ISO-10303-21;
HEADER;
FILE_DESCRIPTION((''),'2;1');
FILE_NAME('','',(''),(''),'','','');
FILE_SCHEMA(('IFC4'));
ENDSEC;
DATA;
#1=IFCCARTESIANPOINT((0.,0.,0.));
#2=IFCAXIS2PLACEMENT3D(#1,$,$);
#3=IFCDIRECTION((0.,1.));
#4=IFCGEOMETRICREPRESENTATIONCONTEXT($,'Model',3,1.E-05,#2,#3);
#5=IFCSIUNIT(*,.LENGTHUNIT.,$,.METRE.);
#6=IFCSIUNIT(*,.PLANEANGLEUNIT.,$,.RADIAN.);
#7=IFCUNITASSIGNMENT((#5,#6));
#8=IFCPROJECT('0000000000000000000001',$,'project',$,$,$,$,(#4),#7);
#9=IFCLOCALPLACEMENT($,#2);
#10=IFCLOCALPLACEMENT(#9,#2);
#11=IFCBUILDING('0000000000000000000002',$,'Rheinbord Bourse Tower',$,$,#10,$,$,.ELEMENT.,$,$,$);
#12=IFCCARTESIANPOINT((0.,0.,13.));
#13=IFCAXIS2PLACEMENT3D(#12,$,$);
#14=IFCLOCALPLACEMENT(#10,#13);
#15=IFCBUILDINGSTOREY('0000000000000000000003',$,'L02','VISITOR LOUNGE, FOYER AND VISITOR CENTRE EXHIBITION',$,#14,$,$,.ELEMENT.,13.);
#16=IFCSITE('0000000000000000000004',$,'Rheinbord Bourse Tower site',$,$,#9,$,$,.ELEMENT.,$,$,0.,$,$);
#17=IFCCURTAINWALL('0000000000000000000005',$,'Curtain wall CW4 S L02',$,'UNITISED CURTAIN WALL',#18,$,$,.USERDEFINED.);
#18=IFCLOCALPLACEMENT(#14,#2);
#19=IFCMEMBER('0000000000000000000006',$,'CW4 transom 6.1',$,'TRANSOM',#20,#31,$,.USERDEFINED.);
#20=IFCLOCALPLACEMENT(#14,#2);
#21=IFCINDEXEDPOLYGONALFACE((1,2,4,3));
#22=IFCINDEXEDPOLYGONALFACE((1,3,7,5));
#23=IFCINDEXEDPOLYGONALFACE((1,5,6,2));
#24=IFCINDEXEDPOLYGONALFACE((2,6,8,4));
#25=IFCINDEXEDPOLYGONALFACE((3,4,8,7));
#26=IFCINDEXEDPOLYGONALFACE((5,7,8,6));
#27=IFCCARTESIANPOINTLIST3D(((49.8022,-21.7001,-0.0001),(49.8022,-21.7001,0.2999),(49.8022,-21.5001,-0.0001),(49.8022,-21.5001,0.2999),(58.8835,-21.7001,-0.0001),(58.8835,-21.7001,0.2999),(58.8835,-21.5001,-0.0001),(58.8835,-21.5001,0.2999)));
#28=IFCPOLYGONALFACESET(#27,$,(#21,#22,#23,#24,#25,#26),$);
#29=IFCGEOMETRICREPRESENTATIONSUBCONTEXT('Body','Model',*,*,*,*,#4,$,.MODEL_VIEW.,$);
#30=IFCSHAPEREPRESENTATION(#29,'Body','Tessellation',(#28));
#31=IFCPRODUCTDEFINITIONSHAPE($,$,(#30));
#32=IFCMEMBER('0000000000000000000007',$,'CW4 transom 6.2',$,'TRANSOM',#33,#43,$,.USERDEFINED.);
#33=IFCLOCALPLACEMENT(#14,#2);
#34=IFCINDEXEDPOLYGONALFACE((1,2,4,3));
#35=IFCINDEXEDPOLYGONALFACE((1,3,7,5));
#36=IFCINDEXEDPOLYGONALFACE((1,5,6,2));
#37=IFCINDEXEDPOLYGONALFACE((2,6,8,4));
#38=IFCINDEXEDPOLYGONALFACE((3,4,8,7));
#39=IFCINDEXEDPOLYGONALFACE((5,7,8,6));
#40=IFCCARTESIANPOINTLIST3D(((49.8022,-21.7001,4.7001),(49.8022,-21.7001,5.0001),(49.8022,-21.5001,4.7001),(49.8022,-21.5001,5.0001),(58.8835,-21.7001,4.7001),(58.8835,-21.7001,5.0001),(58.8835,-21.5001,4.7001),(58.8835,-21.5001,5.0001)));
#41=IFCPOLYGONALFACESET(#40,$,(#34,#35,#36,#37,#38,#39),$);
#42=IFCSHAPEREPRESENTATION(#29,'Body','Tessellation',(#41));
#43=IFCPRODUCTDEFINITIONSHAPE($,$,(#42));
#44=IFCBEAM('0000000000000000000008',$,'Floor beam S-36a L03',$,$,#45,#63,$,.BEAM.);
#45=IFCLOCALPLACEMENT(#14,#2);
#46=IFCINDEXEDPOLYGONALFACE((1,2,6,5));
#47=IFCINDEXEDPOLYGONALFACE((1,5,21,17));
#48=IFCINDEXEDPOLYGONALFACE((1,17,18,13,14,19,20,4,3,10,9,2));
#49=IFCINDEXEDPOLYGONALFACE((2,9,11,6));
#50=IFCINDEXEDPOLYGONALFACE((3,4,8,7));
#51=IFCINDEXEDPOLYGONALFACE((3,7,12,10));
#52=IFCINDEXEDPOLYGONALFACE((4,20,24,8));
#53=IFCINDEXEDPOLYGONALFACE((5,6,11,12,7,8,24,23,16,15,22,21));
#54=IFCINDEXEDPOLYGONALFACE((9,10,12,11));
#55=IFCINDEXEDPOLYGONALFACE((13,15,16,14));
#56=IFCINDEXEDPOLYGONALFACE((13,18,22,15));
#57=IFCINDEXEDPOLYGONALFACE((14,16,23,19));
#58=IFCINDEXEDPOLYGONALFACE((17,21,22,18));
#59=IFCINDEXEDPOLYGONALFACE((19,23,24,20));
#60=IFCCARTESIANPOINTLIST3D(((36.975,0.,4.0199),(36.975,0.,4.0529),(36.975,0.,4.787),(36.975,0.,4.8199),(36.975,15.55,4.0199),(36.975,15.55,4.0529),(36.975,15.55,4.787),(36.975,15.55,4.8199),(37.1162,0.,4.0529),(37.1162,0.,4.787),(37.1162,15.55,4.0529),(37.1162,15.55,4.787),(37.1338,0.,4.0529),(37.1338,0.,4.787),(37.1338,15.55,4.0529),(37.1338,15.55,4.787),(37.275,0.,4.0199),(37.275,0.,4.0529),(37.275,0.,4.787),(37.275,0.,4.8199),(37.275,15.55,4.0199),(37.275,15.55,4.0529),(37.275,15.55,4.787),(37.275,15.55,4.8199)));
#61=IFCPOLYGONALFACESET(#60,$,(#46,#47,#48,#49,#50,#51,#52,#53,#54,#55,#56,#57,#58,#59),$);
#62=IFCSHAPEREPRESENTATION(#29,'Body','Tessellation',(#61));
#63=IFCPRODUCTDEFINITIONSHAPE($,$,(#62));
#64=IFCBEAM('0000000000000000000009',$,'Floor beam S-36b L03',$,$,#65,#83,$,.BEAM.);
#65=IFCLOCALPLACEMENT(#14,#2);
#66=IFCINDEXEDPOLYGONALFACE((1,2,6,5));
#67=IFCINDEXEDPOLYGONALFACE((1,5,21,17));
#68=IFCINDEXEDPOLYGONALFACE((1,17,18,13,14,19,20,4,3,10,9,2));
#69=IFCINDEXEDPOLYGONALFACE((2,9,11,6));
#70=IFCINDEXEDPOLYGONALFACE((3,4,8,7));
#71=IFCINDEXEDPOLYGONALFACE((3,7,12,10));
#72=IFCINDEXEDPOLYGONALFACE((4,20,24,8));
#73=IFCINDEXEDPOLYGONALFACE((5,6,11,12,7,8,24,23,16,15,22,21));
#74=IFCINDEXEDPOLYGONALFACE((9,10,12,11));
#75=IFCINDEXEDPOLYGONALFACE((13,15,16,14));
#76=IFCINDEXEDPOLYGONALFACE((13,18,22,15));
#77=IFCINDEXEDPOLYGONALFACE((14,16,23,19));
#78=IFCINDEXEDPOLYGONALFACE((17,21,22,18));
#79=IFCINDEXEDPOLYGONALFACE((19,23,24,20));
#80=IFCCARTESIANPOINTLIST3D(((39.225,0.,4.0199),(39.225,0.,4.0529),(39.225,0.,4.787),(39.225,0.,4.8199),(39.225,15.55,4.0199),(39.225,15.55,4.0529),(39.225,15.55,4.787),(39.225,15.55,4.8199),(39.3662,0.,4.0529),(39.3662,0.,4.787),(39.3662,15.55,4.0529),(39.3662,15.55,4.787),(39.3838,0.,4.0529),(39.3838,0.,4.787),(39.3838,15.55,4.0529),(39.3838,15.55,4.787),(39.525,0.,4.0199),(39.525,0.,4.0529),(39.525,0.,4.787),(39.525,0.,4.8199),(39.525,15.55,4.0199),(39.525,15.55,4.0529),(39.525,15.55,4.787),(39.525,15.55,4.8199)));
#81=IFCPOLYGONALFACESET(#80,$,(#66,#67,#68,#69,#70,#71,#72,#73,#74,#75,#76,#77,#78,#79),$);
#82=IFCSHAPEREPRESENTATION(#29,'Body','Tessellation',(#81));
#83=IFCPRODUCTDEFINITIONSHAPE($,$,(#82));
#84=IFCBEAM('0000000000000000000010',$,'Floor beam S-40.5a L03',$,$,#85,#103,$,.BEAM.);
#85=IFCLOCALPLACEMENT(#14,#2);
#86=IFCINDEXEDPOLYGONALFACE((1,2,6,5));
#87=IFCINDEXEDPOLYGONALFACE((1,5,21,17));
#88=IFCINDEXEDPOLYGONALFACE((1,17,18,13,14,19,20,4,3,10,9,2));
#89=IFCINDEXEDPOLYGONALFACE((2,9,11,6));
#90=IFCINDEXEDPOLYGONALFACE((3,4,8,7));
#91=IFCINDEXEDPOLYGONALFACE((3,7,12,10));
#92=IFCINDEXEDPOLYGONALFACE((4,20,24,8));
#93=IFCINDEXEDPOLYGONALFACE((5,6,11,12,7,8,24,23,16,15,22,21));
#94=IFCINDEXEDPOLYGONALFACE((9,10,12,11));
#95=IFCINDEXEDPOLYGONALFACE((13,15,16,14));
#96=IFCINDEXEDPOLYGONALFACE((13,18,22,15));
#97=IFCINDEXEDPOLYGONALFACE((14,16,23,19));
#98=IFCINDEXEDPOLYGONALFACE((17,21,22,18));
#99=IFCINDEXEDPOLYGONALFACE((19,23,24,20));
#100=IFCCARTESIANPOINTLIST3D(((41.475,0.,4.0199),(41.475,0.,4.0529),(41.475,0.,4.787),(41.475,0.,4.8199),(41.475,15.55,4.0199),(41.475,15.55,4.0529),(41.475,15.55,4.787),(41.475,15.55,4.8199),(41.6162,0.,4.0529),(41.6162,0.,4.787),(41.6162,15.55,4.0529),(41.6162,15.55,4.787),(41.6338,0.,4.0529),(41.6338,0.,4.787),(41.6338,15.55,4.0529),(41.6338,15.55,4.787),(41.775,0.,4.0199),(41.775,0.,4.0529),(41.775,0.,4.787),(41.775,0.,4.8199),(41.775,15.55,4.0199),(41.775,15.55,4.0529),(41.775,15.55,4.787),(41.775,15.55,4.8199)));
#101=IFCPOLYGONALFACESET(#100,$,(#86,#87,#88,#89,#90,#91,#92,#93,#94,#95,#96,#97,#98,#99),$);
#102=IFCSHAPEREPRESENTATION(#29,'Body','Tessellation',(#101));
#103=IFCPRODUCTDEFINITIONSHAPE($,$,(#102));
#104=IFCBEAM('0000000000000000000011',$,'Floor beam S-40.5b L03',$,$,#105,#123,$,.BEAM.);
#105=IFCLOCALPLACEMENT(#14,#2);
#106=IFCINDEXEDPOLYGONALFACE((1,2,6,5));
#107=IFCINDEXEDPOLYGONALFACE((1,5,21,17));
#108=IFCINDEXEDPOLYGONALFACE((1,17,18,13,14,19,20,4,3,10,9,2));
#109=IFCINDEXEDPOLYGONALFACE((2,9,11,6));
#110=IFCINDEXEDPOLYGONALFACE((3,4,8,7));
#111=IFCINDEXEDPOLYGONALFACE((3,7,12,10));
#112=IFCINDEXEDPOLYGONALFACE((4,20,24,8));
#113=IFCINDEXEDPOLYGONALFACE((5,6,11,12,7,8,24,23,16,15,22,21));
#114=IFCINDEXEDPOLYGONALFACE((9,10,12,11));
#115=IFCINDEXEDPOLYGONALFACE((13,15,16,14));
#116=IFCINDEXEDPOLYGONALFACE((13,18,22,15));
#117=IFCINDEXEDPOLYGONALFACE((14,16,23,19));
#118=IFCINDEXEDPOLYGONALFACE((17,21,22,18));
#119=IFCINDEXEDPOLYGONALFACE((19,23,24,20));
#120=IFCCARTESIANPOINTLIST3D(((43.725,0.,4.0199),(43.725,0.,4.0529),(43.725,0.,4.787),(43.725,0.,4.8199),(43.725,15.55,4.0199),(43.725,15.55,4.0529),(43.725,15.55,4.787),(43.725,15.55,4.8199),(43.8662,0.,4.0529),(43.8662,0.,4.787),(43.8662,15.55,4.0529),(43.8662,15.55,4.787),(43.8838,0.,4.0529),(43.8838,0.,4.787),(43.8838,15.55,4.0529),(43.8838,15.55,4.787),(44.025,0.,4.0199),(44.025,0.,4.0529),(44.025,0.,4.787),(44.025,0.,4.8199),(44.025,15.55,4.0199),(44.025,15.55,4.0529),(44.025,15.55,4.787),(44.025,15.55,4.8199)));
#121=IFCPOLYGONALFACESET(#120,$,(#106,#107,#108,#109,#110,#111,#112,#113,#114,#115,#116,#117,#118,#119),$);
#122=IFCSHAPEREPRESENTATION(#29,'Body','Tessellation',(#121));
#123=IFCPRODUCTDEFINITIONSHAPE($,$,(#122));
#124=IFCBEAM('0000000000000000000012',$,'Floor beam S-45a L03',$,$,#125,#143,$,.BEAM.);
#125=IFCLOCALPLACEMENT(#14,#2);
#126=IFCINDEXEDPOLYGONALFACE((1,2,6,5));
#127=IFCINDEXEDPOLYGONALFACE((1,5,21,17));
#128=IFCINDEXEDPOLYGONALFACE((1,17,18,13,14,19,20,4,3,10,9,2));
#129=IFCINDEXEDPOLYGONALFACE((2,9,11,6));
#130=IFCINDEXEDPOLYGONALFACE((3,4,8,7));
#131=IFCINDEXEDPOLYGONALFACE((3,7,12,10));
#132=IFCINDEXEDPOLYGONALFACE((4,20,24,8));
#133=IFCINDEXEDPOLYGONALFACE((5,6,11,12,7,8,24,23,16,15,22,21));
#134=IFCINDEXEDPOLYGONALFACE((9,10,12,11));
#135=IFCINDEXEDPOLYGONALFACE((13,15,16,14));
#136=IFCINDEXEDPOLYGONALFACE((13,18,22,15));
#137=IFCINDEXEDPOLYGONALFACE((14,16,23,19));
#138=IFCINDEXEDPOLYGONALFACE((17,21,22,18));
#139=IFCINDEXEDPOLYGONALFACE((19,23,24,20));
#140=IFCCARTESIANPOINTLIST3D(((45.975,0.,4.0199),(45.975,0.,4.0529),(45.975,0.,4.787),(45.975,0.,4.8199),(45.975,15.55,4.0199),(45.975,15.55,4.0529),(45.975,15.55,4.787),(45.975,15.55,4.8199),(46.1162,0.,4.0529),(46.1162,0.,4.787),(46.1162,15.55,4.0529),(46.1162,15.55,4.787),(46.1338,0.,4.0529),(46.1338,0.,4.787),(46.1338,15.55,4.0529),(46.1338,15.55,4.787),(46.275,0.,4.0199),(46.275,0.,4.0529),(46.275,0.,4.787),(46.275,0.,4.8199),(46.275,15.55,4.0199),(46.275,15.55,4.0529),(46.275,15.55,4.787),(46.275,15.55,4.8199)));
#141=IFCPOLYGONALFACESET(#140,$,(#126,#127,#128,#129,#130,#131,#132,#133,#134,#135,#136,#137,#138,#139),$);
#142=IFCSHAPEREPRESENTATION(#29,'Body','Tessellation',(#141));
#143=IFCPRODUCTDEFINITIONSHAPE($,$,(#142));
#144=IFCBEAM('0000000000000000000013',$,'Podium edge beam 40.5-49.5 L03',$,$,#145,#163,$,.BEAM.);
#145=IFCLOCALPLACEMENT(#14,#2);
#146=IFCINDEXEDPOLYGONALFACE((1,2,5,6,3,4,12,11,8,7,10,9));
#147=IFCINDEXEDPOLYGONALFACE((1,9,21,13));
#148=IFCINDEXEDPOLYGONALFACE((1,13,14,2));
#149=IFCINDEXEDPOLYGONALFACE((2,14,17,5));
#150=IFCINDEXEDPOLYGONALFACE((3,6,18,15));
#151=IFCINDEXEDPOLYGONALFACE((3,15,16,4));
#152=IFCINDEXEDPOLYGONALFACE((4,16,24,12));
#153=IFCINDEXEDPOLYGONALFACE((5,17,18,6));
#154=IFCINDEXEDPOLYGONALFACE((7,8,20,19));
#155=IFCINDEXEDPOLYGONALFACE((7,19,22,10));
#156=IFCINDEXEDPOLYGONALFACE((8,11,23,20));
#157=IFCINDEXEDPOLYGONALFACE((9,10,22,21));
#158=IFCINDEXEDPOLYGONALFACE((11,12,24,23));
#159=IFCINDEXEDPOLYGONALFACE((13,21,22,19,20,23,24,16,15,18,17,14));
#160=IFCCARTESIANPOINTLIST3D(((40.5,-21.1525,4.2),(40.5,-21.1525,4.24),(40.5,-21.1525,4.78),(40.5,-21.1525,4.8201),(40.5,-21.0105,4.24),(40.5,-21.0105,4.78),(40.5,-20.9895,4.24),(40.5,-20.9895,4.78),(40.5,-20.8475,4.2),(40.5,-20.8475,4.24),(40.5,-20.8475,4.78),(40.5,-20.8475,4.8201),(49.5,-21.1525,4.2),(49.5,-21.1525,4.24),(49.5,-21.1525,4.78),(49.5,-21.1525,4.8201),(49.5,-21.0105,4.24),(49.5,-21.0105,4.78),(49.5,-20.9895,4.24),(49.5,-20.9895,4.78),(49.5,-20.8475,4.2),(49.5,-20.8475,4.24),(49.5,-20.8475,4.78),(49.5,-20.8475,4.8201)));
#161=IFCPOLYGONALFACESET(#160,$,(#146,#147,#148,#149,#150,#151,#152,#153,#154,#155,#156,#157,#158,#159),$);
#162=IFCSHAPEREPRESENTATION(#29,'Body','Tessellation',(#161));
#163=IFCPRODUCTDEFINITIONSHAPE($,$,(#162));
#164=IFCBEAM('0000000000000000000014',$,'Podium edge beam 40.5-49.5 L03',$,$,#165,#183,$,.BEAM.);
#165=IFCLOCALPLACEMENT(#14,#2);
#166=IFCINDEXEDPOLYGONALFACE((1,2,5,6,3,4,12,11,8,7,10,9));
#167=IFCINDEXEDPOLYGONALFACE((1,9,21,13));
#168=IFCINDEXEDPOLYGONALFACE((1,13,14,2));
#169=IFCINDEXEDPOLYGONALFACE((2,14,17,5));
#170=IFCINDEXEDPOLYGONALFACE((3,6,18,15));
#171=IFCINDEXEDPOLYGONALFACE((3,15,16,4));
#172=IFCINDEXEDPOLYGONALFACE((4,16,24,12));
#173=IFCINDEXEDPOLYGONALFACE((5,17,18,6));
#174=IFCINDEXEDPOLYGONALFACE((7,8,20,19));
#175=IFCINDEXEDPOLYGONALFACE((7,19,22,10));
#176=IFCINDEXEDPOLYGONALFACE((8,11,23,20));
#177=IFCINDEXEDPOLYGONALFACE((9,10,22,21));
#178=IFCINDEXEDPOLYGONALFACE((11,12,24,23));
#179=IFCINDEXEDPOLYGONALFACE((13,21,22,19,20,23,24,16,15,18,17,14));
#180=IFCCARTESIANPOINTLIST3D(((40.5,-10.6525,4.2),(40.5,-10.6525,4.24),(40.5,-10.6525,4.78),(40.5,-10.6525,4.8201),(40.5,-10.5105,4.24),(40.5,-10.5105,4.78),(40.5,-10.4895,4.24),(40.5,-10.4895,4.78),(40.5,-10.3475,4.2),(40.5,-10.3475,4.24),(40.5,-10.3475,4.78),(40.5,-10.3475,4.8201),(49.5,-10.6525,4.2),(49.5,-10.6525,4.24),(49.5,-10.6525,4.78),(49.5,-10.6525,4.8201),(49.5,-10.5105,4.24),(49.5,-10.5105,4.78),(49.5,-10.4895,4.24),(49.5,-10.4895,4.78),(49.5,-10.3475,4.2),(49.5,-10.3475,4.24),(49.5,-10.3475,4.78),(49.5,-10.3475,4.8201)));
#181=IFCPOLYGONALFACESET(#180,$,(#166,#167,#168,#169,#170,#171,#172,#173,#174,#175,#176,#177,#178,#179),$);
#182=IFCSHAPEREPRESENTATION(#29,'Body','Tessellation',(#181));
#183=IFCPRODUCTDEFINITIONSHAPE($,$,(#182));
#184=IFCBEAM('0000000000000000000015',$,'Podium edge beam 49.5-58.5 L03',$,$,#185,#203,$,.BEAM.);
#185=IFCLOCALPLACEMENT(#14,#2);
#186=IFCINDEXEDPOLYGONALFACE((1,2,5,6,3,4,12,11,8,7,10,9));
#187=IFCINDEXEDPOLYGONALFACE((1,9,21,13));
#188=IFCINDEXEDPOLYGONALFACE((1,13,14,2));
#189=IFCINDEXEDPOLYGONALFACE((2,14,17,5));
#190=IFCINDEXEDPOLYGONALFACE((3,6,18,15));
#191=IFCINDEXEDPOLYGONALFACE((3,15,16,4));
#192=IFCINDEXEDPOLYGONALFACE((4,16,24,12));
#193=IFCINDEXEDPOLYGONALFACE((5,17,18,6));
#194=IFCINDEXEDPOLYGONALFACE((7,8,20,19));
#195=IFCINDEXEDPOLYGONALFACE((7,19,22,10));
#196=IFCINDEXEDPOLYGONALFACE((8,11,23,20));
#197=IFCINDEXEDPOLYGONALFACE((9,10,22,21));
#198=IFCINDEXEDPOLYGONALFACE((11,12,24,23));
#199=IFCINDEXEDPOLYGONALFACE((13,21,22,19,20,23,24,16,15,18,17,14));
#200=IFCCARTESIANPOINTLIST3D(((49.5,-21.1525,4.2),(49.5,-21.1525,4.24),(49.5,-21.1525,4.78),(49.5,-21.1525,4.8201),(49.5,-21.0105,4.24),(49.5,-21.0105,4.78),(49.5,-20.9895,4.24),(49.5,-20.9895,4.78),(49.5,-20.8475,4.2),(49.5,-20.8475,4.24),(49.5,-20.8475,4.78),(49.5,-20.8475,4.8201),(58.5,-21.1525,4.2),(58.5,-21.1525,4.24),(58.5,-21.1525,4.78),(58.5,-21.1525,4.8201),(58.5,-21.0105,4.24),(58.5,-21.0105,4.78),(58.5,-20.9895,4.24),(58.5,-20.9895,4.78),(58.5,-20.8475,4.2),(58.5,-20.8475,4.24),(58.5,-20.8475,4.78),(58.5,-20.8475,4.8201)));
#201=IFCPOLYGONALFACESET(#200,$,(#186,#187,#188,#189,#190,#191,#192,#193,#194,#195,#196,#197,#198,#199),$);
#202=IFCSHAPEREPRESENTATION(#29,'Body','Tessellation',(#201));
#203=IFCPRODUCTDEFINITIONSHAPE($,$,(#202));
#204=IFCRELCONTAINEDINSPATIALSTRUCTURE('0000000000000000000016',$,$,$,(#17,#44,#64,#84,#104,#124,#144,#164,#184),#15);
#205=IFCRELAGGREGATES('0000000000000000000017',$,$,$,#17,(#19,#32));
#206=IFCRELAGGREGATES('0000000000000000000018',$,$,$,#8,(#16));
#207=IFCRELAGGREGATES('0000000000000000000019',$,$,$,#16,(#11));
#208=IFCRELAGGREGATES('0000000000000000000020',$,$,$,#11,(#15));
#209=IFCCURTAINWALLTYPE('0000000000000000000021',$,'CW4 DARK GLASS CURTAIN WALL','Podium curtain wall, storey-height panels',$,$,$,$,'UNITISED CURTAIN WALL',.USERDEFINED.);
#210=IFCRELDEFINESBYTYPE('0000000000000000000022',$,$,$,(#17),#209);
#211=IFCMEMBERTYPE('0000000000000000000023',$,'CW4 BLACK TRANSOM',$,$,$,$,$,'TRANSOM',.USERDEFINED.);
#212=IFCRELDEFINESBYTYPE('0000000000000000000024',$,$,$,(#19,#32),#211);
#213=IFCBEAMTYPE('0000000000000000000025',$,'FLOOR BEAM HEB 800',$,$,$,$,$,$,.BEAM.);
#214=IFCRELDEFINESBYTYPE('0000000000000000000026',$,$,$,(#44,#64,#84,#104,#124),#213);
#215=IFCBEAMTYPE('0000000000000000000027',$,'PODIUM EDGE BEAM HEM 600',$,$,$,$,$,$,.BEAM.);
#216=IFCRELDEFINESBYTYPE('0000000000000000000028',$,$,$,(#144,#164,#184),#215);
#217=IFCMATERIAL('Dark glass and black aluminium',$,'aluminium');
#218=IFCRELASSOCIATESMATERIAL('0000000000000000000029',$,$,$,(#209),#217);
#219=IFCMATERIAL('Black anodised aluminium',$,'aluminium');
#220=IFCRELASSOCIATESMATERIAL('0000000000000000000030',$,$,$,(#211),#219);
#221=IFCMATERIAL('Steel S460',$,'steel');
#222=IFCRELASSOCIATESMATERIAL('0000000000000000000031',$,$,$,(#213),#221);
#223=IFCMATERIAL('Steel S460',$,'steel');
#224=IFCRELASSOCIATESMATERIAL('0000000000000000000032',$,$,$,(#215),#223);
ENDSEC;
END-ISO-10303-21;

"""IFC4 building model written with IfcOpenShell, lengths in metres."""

from ifc_helpers import new_model, si_unit, direction, frame, origin, origin_2d, place, context, subcontext, project, spatial, rectangle, i_section, extrude, material, material_profile, profile_set, type_object, element, aggregate, save


model = new_model("IFC4")

# Units and contexts
model_context = context("Model", 3, precision=1e-05, world=origin(), true_north=direction((0.0, 1.0)))
body_context = subcontext(model_context, "Body", "Model", "MODEL_VIEW")
ifc_project = project(units=[si_unit("LENGTHUNIT", "METRE"), si_unit("PLANEANGLEUNIT", "RADIAN")], contexts=[model_context])

# Site, building, storey
site_placement = place(None, origin())
site = spatial("IfcSite", under=ifc_project, at=site_placement, Name="Rheinbord Bourse Tower site", CompositionType="ELEMENT", RefElevation=0.0)
building_placement = place(site_placement, origin())
building = spatial("IfcBuilding", under=site, at=building_placement, Name="Rheinbord Bourse Tower", CompositionType="ELEMENT")
storey_placement = place(building_placement, frame((0.0, 0.0, 13.0)))
storey = spatial("IfcBuildingStorey", under=building, at=storey_placement, Name="L02", Description="VISITOR LOUNGE, FOYER AND VISITOR CENTRE EXHIBITION", CompositionType="ELEMENT", Elevation=13.0)

# Curtain wall, members
ifc_material_1 = material(Name="Dark glass and black aluminium", Category="aluminium")
curtain_wall_type = type_object("IfcCurtainWallType", Name="CW4 DARK GLASS CURTAIN WALL", Description="Podium curtain wall, storey-height panels", ElementType="UNITISED CURTAIN WALL", PredefinedType="USERDEFINED", material=ifc_material_1)
curtain_wall_placement = place(storey_placement, origin())
curtain_wall = element("IfcCurtainWall", 1, at=curtain_wall_placement, inside=storey, type_object=curtain_wall_type, Name="Curtain wall CW4 S L02", ObjectType="UNITISED CURTAIN WALL", PredefinedType="USERDEFINED")
ifc_material_2 = material(Name="Black anodised aluminium", Category="aluminium")
ifc_material_profile_1 = material_profile(ifc_material_2, rectangle(XDim=0.2, YDim=0.3, at=origin_2d()), Name="CW4 TRANSOM 300x200")
ifc_profile_set_1 = profile_set([ifc_material_profile_1], Name="Black anodised aluminium")
member_type_1 = type_object("IfcMemberType", Name="CW4 BLACK TRANSOM", ElementType="TRANSOM", PredefinedType="USERDEFINED", material=ifc_profile_set_1)
member_1_placement = place(storey_placement, frame((49.8022, -21.6001, 0.1499), z_axis=(1.0, 0.0, 0.0), x_axis=(0.0, 1.0, 0.0)))
member_1 = element("IfcMember", 2, at=member_1_placement, type_object=member_type_1, Name="CW4 transom 6.1", ObjectType="TRANSOM", PredefinedType="USERDEFINED", context=body_context, shape_type="SweptSolid", body=[
    extrude(rectangle(XDim=0.2, YDim=0.3, at=origin_2d()), origin(), (0.0, 0.0, 1.0), 9.0813),
])
member_2_placement = place(storey_placement, frame((49.8022, -21.6001, 4.8501), z_axis=(1.0, 0.0, 0.0), x_axis=(0.0, 1.0, 0.0)))
member_2 = element("IfcMember", 3, at=member_2_placement, type_object=member_type_1, Name="CW4 transom 6.2", ObjectType="TRANSOM", PredefinedType="USERDEFINED", context=body_context, shape_type="SweptSolid", body=[
    extrude(rectangle(XDim=0.2, YDim=0.3, at=origin_2d()), origin(), (0.0, 0.0, 1.0), 9.0813),
])

# Beams
ifc_material_3 = material(Name="Steel S460", Category="steel")
ifc_material_profile_2 = material_profile(ifc_material_3, i_section(OverallWidth=0.3, OverallDepth=0.8, WebThickness=0.0176, FlangeThickness=0.033, at=origin_2d()), Name="HEB 800")
ifc_profile_set_2 = profile_set([ifc_material_profile_2], Name="Steel S460")
beam_type_1 = type_object("IfcBeamType", Name="FLOOR BEAM HEB 800", PredefinedType="BEAM", material=ifc_profile_set_2)
for number, where, z_axis, x_axis, name in (
    (4, (37.125, 0.0, 4.4199), (0.0, 1.0, 0.0), (-1.0, 0.0, 0.0), "Floor beam S-36a L03"),
    (5, (39.375, 0.0, 4.4199), (0.0, 1.0, 0.0), (-1.0, 0.0, 0.0), "Floor beam S-36b L03"),
    (6, (41.625, 0.0, 4.4199), (0.0, 1.0, 0.0), (-1.0, 0.0, 0.0), "Floor beam S-40.5a L03"),
    (7, (43.875, 0.0, 4.4199), (0.0, 1.0, 0.0), (-1.0, 0.0, 0.0), "Floor beam S-40.5b L03"),
    (8, (46.125, 0.0, 4.4199), (0.0, 1.0, 0.0), (-1.0, 0.0, 0.0), "Floor beam S-45a L03"),
):
    element("IfcBeam", number, at=place(storey_placement, frame(where, z_axis=z_axis, x_axis=x_axis)), inside=storey, type_object=beam_type_1, Name=name, PredefinedType="BEAM", context=body_context, shape_type="SweptSolid", body=[
        extrude(i_section(OverallWidth=0.3, OverallDepth=0.8, WebThickness=0.0176, FlangeThickness=0.033, at=origin_2d()), origin(), (0.0, 0.0, 1.0), 15.55),
    ])
ifc_material_4 = material(Name="Steel S460", Category="steel")
ifc_material_profile_3 = material_profile(ifc_material_4, i_section(OverallWidth=0.3049, OverallDepth=0.6201, WebThickness=0.021, FlangeThickness=0.04, at=origin_2d()), Name="HEM 600")
ifc_profile_set_3 = profile_set([ifc_material_profile_3], Name="Steel S460")
beam_type_2 = type_object("IfcBeamType", Name="PODIUM EDGE BEAM HEM 600", PredefinedType="BEAM", material=ifc_profile_set_3)
for number, where, z_axis, x_axis, name in (
    (9, (40.5, -21.0, 4.51), (1.0, 0.0, 0.0), (0.0, 1.0, 0.0), "Podium edge beam 40.5-49.5 L03"),
    (10, (40.5, -10.5, 4.51), (1.0, 0.0, 0.0), (0.0, 1.0, 0.0), "Podium edge beam 40.5-49.5 L03"),
    (11, (49.5, -21.0, 4.51), (1.0, 0.0, 0.0), (0.0, 1.0, 0.0), "Podium edge beam 49.5-58.5 L03"),
):
    element("IfcBeam", number, at=place(storey_placement, frame(where, z_axis=z_axis, x_axis=x_axis)), inside=storey, type_object=beam_type_2, Name=name, PredefinedType="BEAM", context=body_context, shape_type="SweptSolid", body=[
        extrude(i_section(OverallWidth=0.3049, OverallDepth=0.6201, WebThickness=0.021, FlangeThickness=0.04, at=origin_2d()), origin(), (0.0, 0.0, 1.0), 9.0),
    ])

aggregate(curtain_wall, [member_1, member_2])

save(model, "model.ifc")
